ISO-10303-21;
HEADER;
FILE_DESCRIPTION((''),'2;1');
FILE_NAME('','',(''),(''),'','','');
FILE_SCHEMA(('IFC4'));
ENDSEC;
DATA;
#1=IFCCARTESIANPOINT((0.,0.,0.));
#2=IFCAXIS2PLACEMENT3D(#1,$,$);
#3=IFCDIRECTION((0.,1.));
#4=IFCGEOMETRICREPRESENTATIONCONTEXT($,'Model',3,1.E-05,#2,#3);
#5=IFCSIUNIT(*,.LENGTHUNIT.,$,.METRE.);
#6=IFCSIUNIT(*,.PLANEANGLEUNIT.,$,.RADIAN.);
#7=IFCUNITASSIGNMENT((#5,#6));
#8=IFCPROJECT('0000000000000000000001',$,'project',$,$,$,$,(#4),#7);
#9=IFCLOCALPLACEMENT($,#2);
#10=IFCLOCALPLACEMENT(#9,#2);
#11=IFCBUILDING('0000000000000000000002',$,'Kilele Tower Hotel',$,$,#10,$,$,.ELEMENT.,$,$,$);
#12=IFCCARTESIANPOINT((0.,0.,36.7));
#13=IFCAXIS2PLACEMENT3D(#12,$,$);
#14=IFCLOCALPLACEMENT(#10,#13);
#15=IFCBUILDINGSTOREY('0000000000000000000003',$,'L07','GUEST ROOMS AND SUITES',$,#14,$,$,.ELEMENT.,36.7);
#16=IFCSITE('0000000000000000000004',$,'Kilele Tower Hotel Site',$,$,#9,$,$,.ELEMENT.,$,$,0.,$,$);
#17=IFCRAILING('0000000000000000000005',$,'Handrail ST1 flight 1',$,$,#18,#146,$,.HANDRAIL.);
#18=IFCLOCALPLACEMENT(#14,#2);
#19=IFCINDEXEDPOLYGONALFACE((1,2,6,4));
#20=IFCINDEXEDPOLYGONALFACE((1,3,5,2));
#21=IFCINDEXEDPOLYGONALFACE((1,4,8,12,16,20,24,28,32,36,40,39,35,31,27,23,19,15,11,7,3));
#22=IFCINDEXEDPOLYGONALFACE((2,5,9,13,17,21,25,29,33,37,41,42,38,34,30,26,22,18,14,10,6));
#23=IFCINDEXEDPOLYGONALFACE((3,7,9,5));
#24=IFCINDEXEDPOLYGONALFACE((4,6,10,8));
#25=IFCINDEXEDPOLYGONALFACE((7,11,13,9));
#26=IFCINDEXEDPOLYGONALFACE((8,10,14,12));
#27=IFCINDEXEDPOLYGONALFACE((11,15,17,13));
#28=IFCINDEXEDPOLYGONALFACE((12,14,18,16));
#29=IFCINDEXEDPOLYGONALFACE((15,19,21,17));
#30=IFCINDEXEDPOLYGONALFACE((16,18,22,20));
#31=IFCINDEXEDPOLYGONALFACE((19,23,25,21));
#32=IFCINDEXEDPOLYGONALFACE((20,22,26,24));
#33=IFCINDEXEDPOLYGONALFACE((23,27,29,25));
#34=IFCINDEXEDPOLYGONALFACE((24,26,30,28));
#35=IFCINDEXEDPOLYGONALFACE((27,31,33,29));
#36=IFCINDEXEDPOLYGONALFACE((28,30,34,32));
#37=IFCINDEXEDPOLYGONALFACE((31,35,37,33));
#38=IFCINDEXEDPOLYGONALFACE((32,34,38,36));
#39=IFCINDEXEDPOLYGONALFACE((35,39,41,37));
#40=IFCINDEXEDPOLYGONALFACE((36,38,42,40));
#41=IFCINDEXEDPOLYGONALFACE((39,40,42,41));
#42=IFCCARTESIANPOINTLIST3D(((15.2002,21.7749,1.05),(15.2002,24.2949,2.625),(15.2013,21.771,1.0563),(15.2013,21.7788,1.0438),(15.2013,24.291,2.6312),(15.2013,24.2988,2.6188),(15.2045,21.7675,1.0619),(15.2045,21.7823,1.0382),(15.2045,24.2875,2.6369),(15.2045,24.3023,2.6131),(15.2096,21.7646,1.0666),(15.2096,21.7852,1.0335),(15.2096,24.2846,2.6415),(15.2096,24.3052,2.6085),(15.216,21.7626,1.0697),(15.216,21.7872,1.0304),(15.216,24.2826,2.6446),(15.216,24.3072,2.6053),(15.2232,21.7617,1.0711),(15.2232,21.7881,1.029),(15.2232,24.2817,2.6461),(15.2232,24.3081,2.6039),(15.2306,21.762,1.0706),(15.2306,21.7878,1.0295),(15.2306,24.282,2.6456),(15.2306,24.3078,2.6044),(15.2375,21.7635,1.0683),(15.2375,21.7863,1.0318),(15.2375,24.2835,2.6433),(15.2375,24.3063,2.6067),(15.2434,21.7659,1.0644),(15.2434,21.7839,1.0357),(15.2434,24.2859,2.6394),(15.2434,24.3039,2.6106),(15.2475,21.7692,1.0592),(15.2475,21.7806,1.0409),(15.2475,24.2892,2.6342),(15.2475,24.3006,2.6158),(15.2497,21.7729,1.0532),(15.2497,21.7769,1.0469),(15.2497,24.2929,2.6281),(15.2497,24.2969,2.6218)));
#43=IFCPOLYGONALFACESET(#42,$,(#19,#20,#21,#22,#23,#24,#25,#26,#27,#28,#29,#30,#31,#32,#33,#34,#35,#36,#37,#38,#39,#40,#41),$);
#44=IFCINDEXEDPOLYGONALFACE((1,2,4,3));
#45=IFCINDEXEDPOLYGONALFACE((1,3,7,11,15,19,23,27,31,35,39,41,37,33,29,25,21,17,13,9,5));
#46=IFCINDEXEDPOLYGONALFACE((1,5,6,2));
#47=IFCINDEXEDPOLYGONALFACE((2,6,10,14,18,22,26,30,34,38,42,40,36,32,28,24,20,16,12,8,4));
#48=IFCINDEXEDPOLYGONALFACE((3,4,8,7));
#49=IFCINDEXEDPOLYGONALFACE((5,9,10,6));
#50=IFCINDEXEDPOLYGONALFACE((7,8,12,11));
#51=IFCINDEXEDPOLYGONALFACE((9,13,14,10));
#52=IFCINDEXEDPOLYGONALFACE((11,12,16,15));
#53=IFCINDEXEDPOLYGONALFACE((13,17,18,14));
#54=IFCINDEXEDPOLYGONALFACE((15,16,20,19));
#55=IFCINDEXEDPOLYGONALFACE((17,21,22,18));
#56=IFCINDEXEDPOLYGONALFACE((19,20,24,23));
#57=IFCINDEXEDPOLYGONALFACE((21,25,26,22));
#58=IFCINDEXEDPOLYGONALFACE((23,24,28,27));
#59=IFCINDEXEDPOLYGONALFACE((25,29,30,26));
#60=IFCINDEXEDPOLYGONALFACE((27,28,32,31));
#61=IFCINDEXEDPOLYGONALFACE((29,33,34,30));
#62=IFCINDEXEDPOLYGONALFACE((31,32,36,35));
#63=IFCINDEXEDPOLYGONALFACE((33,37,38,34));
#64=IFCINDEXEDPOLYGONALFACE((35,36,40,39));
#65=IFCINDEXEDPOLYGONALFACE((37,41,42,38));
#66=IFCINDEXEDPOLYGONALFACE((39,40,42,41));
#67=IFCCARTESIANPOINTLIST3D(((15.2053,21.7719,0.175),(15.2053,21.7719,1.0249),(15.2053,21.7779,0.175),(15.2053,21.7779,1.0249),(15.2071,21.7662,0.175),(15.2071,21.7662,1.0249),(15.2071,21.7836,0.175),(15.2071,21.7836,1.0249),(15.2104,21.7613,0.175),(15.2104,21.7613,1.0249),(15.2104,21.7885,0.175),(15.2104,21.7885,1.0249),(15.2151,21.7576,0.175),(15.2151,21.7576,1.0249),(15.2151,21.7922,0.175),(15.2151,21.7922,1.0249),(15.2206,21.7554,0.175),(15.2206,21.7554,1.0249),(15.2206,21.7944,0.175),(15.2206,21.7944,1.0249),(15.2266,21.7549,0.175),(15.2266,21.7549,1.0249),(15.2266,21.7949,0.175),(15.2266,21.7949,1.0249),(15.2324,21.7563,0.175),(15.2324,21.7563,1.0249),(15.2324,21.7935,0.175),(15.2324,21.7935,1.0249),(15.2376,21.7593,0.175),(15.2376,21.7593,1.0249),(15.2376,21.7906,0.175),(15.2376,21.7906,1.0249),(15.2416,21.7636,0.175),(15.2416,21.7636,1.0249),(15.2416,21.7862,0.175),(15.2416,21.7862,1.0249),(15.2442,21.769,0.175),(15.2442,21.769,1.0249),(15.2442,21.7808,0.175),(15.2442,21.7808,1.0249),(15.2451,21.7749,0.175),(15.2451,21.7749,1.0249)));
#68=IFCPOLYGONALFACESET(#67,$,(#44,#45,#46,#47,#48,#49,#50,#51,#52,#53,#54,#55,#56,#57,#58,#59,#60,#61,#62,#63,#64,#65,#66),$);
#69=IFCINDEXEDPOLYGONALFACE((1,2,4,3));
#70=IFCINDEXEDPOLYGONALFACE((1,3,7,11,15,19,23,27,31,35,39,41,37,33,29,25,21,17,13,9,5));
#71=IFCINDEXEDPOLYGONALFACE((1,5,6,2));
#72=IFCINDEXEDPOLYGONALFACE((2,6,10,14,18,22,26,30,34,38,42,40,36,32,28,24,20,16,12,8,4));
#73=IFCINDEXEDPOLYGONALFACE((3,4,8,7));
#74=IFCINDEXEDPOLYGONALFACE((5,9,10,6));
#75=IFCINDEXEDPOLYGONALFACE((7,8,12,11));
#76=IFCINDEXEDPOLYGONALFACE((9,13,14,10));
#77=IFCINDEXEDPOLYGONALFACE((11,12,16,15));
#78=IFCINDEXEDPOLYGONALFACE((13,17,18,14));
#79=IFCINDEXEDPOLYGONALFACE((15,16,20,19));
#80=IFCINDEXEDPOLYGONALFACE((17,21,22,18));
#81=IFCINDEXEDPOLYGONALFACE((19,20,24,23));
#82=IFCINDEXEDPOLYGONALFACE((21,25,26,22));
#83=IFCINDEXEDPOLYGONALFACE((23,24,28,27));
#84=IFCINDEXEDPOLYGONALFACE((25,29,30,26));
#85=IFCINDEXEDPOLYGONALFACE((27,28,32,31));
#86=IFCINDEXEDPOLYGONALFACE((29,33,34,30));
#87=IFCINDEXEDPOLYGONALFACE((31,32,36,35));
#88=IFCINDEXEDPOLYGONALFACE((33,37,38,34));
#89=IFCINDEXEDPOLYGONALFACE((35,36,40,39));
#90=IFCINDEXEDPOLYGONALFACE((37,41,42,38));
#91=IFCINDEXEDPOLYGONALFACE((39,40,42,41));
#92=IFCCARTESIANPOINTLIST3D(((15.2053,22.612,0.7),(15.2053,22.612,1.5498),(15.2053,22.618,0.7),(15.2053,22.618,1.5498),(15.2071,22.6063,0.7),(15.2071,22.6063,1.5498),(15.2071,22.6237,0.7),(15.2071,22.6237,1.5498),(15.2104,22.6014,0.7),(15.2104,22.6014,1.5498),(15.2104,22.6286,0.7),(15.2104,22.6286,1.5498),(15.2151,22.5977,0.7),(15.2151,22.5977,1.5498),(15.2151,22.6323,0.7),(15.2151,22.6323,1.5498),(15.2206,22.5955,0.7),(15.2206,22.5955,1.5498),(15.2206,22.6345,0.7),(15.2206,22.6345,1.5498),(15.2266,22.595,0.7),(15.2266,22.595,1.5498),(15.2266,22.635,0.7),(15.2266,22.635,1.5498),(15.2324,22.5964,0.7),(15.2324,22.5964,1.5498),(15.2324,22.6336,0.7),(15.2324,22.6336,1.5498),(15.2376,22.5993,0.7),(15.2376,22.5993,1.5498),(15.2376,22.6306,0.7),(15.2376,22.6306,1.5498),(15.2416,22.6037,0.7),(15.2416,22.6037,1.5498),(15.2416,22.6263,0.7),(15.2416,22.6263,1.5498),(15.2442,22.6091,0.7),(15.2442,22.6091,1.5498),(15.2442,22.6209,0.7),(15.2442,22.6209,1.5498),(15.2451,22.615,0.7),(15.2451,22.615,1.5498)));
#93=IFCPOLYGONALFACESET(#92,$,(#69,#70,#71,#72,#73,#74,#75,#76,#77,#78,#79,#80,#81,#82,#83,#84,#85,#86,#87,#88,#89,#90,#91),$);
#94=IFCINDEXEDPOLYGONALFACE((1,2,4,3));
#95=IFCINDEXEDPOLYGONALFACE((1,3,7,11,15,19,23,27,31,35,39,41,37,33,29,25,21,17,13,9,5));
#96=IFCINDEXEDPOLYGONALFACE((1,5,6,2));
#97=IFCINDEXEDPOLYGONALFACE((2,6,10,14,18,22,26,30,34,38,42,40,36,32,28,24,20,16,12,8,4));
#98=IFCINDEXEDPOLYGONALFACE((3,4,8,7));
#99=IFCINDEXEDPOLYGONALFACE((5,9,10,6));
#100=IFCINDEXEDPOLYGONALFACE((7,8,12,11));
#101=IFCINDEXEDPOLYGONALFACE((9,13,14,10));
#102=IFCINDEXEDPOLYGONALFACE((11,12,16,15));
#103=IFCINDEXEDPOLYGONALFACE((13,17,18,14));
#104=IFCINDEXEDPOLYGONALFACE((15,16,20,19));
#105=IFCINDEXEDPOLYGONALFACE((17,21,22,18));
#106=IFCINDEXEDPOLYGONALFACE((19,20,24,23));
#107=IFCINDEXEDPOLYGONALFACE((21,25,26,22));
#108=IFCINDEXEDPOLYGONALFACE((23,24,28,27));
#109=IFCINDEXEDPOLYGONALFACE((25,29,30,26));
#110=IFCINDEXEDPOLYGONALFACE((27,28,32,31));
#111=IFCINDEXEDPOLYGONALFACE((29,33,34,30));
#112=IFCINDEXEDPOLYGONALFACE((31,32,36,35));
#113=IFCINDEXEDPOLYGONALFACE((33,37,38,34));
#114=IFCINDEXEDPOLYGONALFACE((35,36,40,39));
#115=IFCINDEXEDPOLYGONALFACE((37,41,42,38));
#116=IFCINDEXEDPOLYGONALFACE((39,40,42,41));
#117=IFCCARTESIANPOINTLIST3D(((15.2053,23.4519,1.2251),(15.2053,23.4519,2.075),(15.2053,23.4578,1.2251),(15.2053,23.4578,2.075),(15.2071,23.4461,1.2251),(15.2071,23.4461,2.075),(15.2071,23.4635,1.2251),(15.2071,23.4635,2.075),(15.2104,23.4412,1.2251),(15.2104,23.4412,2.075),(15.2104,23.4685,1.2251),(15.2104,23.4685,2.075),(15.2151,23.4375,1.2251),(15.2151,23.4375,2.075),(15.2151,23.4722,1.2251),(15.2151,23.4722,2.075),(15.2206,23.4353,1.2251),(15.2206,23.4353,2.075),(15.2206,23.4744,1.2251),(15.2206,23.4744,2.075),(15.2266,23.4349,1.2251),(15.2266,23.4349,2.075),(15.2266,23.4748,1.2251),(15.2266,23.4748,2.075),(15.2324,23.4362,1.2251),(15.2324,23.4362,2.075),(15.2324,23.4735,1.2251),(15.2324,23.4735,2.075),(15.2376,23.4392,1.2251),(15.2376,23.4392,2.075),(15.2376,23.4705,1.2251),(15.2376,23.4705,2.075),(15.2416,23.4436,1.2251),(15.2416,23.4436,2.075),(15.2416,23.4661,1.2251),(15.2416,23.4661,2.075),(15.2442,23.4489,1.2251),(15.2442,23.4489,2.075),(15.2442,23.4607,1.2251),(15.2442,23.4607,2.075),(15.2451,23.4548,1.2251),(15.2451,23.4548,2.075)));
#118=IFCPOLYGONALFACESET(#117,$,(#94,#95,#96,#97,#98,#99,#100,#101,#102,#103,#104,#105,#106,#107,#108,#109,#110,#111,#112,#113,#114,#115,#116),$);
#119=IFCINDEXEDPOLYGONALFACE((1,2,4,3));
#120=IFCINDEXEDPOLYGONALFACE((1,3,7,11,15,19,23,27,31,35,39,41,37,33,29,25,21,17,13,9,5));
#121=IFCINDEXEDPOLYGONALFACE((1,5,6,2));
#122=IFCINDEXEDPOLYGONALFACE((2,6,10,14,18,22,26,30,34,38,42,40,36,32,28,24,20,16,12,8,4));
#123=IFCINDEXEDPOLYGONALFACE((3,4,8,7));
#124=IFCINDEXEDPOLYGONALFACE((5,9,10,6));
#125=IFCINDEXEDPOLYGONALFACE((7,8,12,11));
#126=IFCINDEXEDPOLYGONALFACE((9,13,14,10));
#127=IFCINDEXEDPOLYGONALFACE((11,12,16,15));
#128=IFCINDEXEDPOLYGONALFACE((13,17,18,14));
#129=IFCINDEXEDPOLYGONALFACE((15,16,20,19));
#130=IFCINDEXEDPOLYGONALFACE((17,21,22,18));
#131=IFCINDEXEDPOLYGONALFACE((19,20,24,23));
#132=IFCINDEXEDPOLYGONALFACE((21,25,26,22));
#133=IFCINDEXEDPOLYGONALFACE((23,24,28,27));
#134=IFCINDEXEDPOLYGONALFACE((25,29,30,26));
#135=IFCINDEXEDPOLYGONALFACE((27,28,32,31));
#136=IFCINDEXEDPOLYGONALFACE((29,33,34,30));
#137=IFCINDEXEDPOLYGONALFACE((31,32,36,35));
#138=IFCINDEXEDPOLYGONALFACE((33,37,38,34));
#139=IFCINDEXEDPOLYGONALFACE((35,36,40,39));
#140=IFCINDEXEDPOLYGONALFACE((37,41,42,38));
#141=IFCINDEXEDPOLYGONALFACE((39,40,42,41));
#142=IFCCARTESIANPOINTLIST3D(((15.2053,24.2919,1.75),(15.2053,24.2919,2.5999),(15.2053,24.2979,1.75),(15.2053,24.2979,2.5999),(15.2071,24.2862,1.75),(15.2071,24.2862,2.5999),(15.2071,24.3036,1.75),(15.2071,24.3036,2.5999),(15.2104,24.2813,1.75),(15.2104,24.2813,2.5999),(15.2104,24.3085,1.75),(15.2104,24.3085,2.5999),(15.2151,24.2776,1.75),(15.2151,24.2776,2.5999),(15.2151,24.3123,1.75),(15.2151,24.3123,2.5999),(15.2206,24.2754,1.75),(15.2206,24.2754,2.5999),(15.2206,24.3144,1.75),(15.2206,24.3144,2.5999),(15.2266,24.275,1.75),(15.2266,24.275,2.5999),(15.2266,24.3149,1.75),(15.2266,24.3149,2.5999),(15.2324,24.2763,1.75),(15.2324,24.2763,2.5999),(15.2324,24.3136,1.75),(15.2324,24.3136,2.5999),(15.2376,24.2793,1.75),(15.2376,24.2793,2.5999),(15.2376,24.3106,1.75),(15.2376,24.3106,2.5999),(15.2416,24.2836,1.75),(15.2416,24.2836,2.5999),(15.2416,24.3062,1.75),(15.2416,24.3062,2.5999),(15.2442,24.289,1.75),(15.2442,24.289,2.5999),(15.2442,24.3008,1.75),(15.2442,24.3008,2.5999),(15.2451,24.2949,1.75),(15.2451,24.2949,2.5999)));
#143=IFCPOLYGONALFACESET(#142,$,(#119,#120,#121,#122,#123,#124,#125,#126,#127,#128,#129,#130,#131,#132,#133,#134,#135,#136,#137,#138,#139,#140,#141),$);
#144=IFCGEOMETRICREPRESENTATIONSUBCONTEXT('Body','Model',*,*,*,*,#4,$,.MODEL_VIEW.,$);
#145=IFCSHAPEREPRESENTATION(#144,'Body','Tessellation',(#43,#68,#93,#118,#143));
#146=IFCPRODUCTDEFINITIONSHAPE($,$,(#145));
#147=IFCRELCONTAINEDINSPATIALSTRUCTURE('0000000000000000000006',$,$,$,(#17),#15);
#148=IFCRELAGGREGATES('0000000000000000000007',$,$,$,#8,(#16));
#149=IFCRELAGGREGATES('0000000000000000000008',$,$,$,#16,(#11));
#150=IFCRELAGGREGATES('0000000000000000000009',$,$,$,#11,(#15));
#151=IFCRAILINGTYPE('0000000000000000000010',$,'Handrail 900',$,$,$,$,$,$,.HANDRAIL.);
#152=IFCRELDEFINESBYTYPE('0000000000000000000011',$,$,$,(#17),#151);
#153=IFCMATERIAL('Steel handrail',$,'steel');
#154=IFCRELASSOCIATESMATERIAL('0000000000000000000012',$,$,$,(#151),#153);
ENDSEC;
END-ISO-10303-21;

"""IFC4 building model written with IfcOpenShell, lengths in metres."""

from ifc_helpers import new_model, si_unit, direction, frame, origin, origin_2d, place, context, subcontext, project, spatial, circle, extrude, material, type_object, element, save


model = new_model("IFC4")

# Units and contexts
model_context = context("Model", 3, precision=1e-05, world=origin(), true_north=direction((0.0, 1.0)))
body_context = subcontext(model_context, "Body", "Model", "MODEL_VIEW")
ifc_project = project(units=[si_unit("LENGTHUNIT", "METRE"), si_unit("PLANEANGLEUNIT", "RADIAN")], contexts=[model_context])

# Site, building, storey
site_placement = place(None, origin())
site = spatial("IfcSite", under=ifc_project, at=site_placement, Name="Kilele Tower Hotel Site", CompositionType="ELEMENT", RefElevation=0.0)
building_placement = place(site_placement, origin())
building = spatial("IfcBuilding", under=site, at=building_placement, Name="Kilele Tower Hotel", CompositionType="ELEMENT")
storey_placement = place(building_placement, frame((0.0, 0.0, 36.7)))
storey = spatial("IfcBuildingStorey", under=building, at=storey_placement, Name="L07", Description="GUEST ROOMS AND SUITES", CompositionType="ELEMENT", Elevation=36.7)

# Railing
ifc_material_1 = material(Name="Steel handrail", Category="steel")
railing_type_1 = type_object("IfcRailingType", Name="Handrail 900", PredefinedType="HANDRAIL", material=ifc_material_1)
for number, where, name in (
    (1, (15.2251, 21.7749, 0.175), "Handrail ST1 flight 1"),
):
    element("IfcRailing", number, at=place(storey_placement, frame(where)), inside=storey, type_object=railing_type_1, Name=name, PredefinedType="HANDRAIL", context=body_context, shape_type="SweptSolid", body=[
        extrude(circle(Radius=0.0249, at=origin_2d()), frame((0.0, 0.0, 0.875), z_axis=(0.0, 0.848008, 0.529984), x_axis=(-1.0, 0.0, 0.0)), (0.0, 0.0, 1.0), 2.9717),
        extrude(circle(Radius=0.02, at=origin_2d()), origin(), (0.0, 0.0, 1.0), 0.8499),
        extrude(circle(Radius=0.02, at=origin_2d()), frame((0.0, 0.8401, 0.5249)), (0.0, 0.0, 1.0), 0.8499),
        extrude(circle(Radius=0.02, at=origin_2d()), frame((0.0, 1.6799, 1.05)), (0.0, 0.0, 1.0), 0.8499),
        extrude(circle(Radius=0.02, at=origin_2d()), frame((0.0, 2.52, 1.575)), (0.0, 0.0, 1.0), 0.8499),
    ])

save(model, "model.ifc")
